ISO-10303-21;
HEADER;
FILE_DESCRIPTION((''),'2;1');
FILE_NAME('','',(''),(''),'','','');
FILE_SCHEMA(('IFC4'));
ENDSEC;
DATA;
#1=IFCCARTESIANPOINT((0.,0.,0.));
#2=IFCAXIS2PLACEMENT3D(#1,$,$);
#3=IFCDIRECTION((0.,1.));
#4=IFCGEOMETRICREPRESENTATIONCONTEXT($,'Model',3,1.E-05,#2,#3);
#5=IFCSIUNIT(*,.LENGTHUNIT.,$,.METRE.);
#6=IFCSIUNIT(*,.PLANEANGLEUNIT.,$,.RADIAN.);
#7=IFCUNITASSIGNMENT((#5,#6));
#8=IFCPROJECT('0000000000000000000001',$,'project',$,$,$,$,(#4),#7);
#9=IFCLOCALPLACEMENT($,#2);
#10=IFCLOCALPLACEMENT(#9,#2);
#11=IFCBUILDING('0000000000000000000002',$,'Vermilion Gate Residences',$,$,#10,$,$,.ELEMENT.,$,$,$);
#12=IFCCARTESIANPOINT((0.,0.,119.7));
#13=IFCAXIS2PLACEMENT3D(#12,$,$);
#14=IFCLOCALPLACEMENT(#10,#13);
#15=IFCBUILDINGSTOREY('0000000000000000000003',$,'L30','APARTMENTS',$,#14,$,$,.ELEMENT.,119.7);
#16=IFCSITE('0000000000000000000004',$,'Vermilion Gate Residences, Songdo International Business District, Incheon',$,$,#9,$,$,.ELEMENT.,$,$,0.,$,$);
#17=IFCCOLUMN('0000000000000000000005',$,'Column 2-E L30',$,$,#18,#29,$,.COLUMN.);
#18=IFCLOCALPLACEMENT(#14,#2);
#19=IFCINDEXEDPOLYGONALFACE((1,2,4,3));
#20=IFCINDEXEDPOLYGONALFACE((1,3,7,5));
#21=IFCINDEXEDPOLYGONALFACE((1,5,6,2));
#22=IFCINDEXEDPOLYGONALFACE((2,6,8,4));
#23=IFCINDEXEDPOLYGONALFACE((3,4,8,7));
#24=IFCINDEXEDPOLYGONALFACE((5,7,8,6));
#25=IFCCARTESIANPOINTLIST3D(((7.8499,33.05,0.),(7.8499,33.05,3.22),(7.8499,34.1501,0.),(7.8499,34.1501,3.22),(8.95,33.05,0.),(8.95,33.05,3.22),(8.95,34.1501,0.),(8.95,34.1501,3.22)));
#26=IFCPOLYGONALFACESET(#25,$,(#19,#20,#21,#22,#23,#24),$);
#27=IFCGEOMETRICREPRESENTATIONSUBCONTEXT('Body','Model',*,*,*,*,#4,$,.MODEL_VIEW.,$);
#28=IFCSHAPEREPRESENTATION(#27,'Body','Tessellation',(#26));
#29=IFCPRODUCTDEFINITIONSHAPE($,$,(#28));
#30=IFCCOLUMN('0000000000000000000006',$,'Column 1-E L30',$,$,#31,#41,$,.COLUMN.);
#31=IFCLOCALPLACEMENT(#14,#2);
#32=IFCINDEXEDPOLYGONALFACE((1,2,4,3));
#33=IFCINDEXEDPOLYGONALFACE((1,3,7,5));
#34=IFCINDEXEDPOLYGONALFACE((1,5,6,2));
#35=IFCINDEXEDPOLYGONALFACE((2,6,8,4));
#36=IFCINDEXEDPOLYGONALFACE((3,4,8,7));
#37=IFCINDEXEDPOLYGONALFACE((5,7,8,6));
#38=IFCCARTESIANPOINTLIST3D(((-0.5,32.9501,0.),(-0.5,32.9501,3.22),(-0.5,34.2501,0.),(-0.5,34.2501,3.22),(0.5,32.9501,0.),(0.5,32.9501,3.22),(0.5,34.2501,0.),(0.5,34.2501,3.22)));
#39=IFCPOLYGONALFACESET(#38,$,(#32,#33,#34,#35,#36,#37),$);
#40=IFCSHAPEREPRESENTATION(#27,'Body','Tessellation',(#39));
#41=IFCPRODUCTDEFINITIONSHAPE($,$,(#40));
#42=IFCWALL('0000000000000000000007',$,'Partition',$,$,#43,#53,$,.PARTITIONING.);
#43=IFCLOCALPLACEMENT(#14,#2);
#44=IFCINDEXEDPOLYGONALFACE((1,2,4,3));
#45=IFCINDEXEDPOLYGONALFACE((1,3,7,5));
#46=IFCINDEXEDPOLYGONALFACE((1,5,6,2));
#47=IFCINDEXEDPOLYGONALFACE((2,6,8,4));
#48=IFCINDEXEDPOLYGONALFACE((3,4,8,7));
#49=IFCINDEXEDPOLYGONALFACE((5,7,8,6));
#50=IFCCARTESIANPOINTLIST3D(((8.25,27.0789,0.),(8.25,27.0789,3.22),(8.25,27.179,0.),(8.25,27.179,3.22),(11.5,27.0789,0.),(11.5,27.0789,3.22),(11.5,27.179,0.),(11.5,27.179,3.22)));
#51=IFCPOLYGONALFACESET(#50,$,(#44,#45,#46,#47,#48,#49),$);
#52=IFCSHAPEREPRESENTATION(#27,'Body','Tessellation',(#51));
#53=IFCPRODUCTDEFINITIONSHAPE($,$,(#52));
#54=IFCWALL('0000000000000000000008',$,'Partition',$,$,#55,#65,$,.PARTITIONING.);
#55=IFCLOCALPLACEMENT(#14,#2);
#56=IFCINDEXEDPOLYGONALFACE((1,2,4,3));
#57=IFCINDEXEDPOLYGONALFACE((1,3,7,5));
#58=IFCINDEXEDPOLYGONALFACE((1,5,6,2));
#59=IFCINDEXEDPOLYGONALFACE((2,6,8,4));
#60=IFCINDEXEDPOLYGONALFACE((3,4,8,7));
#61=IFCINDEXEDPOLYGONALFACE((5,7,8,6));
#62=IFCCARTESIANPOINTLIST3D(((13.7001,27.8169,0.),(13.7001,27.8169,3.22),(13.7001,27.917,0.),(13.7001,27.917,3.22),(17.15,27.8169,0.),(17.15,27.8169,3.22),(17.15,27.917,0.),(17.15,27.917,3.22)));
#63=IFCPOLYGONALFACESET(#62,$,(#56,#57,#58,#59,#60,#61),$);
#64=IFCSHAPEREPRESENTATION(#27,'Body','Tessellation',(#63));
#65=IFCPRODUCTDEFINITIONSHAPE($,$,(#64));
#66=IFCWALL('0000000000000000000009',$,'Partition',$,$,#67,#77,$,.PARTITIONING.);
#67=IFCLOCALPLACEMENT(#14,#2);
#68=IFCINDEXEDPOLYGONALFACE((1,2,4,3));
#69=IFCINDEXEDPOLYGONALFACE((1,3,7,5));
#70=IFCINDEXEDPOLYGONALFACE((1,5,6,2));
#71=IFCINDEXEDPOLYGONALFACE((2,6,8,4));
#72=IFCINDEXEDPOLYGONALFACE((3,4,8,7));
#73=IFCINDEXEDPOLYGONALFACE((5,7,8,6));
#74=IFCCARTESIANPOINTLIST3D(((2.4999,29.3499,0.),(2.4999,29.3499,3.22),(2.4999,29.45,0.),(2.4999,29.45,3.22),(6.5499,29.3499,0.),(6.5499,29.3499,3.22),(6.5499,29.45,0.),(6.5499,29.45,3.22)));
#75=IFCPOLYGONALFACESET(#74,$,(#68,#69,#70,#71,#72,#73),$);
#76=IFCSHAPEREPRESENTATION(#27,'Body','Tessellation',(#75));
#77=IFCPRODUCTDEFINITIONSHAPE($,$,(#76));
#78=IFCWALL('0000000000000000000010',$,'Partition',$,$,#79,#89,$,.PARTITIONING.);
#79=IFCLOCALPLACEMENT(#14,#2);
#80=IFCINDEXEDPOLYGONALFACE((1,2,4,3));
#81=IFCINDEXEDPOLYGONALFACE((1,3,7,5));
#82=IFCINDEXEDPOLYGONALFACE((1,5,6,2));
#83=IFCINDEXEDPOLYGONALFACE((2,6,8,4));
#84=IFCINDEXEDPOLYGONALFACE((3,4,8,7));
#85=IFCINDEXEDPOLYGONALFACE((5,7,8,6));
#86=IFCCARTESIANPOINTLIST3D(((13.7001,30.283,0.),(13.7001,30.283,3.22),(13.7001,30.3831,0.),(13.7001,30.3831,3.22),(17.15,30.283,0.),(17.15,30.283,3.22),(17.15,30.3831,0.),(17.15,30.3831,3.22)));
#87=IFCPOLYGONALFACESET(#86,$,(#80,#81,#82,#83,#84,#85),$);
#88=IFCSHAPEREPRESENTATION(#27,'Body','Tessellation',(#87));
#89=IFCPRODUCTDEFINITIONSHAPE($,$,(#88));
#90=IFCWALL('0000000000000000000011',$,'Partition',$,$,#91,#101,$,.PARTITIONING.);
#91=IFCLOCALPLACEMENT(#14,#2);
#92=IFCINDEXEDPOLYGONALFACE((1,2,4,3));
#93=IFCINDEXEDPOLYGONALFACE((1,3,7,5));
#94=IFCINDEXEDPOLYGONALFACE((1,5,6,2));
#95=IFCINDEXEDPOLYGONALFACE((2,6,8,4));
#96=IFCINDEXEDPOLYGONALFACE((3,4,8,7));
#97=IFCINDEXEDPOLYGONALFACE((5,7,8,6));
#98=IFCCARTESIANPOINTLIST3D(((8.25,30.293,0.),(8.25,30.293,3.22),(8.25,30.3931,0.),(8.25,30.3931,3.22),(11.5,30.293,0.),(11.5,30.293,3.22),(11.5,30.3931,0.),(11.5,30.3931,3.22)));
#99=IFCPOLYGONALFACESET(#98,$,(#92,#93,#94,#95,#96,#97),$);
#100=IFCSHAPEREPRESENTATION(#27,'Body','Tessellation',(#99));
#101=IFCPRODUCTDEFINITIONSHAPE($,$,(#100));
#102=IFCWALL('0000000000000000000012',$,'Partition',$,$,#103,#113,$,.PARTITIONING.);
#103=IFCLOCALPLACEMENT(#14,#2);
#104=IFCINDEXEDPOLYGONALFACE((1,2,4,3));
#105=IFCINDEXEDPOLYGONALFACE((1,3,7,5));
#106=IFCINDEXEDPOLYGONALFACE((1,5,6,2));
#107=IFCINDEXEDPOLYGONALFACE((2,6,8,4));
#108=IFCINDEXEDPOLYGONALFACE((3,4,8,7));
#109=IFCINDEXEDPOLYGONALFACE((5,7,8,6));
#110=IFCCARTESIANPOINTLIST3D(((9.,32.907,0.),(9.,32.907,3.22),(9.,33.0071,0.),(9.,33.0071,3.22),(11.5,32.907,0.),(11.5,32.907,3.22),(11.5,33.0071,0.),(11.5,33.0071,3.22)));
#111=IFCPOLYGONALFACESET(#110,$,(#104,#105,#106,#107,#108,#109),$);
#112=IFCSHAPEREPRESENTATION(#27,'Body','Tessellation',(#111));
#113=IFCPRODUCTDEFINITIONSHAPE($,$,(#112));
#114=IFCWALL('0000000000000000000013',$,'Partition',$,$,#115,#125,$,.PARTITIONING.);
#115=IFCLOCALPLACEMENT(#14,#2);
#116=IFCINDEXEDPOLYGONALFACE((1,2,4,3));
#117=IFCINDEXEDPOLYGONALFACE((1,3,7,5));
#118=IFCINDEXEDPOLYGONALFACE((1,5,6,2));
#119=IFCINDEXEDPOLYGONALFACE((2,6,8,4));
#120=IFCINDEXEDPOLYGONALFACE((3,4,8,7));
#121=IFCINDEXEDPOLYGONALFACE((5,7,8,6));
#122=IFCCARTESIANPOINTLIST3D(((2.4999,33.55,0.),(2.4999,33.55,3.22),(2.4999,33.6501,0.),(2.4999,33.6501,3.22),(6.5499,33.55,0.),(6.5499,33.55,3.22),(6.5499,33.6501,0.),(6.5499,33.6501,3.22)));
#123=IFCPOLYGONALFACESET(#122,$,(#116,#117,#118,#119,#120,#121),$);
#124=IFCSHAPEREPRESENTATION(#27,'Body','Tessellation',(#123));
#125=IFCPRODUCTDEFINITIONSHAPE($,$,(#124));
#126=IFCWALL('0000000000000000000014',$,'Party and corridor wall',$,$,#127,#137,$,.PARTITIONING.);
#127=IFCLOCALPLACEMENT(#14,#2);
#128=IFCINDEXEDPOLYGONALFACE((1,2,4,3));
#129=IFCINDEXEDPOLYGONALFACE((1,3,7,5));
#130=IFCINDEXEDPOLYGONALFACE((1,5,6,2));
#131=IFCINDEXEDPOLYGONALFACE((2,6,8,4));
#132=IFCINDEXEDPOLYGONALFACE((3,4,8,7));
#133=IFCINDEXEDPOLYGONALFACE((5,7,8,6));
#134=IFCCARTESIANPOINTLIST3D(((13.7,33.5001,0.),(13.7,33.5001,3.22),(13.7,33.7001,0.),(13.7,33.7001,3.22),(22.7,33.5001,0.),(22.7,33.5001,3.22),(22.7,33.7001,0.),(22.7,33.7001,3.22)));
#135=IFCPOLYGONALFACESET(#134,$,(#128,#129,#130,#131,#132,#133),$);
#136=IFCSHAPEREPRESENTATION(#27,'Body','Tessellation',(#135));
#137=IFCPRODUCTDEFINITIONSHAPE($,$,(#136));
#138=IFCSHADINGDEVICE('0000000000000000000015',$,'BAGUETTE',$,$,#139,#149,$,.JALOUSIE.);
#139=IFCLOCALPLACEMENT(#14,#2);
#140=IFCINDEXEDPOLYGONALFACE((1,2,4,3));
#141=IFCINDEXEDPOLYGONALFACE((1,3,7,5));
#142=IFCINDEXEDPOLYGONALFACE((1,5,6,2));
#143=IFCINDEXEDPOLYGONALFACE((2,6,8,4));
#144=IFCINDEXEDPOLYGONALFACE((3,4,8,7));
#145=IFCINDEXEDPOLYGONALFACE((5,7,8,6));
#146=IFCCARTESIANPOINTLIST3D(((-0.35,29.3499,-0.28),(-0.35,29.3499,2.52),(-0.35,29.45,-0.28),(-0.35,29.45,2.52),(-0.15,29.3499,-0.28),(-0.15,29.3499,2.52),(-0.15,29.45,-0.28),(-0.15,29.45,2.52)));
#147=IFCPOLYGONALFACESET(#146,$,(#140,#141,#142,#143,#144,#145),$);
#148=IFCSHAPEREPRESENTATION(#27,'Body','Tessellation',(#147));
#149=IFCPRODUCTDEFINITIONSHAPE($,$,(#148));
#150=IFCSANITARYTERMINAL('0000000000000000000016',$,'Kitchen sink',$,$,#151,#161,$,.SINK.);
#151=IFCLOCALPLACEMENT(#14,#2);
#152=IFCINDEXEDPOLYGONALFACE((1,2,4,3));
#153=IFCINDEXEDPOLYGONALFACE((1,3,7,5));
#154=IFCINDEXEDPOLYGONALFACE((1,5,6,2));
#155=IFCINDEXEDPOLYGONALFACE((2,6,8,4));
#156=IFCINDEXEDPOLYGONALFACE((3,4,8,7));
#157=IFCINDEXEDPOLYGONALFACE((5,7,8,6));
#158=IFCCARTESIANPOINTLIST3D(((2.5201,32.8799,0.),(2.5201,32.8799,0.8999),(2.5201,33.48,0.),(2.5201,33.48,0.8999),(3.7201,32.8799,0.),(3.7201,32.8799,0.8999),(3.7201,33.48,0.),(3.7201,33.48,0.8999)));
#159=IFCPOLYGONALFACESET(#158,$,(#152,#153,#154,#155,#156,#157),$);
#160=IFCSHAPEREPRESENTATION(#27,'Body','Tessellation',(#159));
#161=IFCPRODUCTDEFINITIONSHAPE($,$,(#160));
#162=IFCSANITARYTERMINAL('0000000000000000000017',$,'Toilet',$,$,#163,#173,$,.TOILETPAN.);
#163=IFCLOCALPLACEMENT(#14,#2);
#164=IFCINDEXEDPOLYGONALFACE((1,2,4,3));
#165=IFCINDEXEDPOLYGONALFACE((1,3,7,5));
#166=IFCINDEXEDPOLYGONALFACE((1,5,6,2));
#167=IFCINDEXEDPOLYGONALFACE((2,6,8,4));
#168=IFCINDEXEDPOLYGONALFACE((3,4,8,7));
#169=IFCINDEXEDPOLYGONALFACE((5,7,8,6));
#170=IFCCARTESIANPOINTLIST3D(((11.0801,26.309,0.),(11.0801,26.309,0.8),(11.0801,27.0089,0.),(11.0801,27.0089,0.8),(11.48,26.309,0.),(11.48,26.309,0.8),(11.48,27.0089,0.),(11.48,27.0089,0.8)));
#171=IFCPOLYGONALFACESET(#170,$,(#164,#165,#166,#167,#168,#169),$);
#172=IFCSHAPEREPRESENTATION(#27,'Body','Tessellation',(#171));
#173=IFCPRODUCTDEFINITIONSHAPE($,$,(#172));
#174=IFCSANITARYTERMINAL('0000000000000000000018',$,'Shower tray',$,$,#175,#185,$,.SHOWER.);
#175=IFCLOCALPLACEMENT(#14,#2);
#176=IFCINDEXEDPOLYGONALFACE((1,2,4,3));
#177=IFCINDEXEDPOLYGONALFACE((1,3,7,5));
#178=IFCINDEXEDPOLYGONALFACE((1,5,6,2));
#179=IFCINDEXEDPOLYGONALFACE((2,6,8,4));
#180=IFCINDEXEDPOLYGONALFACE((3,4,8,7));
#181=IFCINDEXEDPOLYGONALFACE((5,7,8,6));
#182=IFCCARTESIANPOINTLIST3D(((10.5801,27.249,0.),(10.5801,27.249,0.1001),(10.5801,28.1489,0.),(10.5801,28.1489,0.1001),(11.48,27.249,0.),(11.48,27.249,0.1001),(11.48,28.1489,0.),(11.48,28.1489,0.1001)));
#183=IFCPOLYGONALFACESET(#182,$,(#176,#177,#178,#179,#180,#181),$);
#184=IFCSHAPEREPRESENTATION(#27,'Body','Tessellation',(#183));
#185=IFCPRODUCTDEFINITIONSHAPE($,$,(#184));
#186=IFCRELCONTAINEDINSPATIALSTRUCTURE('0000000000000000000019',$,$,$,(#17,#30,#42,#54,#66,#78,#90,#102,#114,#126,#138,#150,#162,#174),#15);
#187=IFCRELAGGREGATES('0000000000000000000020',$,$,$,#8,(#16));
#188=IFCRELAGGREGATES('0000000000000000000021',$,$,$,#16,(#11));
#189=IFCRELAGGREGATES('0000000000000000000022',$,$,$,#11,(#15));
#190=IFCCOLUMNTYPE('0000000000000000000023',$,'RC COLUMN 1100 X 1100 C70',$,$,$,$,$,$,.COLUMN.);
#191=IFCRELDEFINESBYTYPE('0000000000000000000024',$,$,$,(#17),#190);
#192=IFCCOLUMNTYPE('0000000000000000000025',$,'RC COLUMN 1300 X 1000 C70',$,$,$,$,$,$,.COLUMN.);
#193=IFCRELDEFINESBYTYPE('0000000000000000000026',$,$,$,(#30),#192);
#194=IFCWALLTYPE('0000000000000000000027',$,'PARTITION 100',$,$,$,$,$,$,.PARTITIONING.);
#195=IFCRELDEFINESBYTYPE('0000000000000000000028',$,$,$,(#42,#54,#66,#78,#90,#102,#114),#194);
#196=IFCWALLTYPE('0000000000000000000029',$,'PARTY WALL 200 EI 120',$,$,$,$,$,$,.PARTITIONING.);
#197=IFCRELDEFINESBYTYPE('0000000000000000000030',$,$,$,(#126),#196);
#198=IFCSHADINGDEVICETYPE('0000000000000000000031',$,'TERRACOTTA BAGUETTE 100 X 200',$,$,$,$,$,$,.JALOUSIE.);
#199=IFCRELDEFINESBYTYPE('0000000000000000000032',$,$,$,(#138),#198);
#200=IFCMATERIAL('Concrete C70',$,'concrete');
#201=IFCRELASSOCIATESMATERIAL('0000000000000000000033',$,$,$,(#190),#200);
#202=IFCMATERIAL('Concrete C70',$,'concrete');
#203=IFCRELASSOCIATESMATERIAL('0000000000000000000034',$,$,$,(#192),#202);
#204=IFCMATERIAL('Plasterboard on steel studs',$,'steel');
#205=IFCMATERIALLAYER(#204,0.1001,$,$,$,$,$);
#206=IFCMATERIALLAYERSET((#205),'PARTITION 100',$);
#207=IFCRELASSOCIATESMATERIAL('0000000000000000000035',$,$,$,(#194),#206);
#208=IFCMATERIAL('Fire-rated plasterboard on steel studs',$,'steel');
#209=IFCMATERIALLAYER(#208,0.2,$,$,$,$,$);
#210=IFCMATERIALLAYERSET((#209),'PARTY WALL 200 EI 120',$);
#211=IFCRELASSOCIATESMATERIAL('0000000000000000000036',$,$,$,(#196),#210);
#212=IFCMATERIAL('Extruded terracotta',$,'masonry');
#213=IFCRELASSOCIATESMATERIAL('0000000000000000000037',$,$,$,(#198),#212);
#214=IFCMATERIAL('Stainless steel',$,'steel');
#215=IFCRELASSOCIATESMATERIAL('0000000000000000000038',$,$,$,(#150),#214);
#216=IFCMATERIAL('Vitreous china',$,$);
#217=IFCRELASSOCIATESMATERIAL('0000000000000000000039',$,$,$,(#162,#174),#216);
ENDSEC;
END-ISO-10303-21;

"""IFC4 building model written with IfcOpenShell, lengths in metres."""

from ifc_helpers import new_model, si_unit, direction, frame, frame_2d, origin, origin_2d, place, context, subcontext, project, spatial, rectangle, extrude, material, layer, layer_set, material_profile, profile_set, type_object, element, save


model = new_model("IFC4")

# Units and contexts
model_context = context("Model", 3, precision=1e-05, world=origin(), true_north=direction((0.0, 1.0)))
body_context = subcontext(model_context, "Body", "Model", "MODEL_VIEW")
ifc_project = project(units=[si_unit("LENGTHUNIT", "METRE"), si_unit("PLANEANGLEUNIT", "RADIAN")], contexts=[model_context])

# Site, building, storey
site_placement = place(None, origin())
site = spatial("IfcSite", under=ifc_project, at=site_placement, Name="Vermilion Gate Residences, Songdo International Business District, Incheon", CompositionType="ELEMENT", RefElevation=0.0)
building_placement = place(site_placement, origin())
building = spatial("IfcBuilding", under=site, at=building_placement, Name="Vermilion Gate Residences", CompositionType="ELEMENT")
storey_placement = place(building_placement, frame((0.0, 0.0, 119.7)))
storey = spatial("IfcBuildingStorey", under=building, at=storey_placement, Name="L30", Description="APARTMENTS", CompositionType="ELEMENT", Elevation=119.7)

# Columns
ifc_material_1 = material(Name="Concrete C70", Category="concrete")
ifc_material_profile_1 = material_profile(ifc_material_1, rectangle(XDim=1.1001, YDim=1.1001, at=origin_2d()), Name="RC-1100x1100")
ifc_profile_set_1 = profile_set([ifc_material_profile_1], Name="Concrete C70")
column_type_1 = type_object("IfcColumnType", Name="RC COLUMN 1100 X 1100 C70", PredefinedType="COLUMN", material=ifc_profile_set_1)
column_1_placement = place(storey_placement, frame((8.3999, 33.6001, 0.0), z_axis=(0.0, 0.0, 1.0), x_axis=(1.0, 0.0, 0.0)))
element("IfcColumn", 1, at=column_1_placement, inside=storey, type_object=column_type_1, Name="Column 2-E L30", PredefinedType="COLUMN", context=body_context, shape_type="SweptSolid", body=[
    extrude(rectangle(XDim=1.1001, YDim=1.1001, at=origin_2d()), origin(), (0.0, 0.0, 1.0), 3.22),
])
ifc_material_2 = material(Name="Concrete C70", Category="concrete")
ifc_material_profile_2 = material_profile(ifc_material_2, rectangle(XDim=1.3, YDim=1.0, at=origin_2d()), Name="RC-1300x1000")
ifc_profile_set_2 = profile_set([ifc_material_profile_2], Name="Concrete C70")
column_type_2 = type_object("IfcColumnType", Name="RC COLUMN 1300 X 1000 C70", PredefinedType="COLUMN", material=ifc_profile_set_2)
column_2_placement = place(storey_placement, frame((0.0, 33.6001, 0.0), z_axis=(0.0, 0.0, 1.0), x_axis=(0.0, 1.0, 0.0)))
element("IfcColumn", 2, at=column_2_placement, inside=storey, type_object=column_type_2, Name="Column 1-E L30", PredefinedType="COLUMN", context=body_context, shape_type="SweptSolid", body=[
    extrude(rectangle(XDim=1.3, YDim=1.0, at=origin_2d()), origin(), (0.0, 0.0, 1.0), 3.22),
])

# Walls
ifc_material_3 = material(Name="Plasterboard on steel studs", Category="steel")
ifc_layer_1 = layer(ifc_material_3, 0.1001)
ifc_layer_set_1 = layer_set([ifc_layer_1], Name="PARTITION 100")
wall_type_1 = type_object("IfcWallType", Name="PARTITION 100", PredefinedType="PARTITIONING", material=ifc_layer_set_1)
wall_1_placement = place(storey_placement, frame((8.25, 27.1289, 0.0), z_axis=(0.0, 0.0, 1.0), x_axis=(1.0, 0.0, 0.0)))
element("IfcWall", 3, at=wall_1_placement, inside=storey, type_object=wall_type_1, Name="Partition", PredefinedType="PARTITIONING", context=body_context, shape_type="SweptSolid", body=[
    extrude(rectangle(XDim=3.25, YDim=0.1001, at=frame_2d((1.625, 0.0))), origin(), (0.0, 0.0, 1.0), 3.22),
])
wall_2_placement = place(storey_placement, frame((13.7, 27.8669, 0.0), z_axis=(0.0, 0.0, 1.0), x_axis=(1.0, 0.0, 0.0)))
element("IfcWall", 4, at=wall_2_placement, inside=storey, type_object=wall_type_1, Name="Partition", PredefinedType="PARTITIONING", context=body_context, shape_type="SweptSolid", body=[
    extrude(rectangle(XDim=3.45, YDim=0.1001, at=frame_2d((1.7251, 0.0))), origin(), (0.0, 0.0, 1.0), 3.22),
])
wall_3_placement = place(storey_placement, frame((2.5, 29.3999, 0.0), z_axis=(0.0, 0.0, 1.0), x_axis=(1.0, 0.0, 0.0)))
element("IfcWall", 5, at=wall_3_placement, inside=storey, type_object=wall_type_1, Name="Partition", PredefinedType="PARTITIONING", context=body_context, shape_type="SweptSolid", body=[
    extrude(rectangle(XDim=4.05, YDim=0.1001, at=frame_2d((2.0249, 0.0))), origin(), (0.0, 0.0, 1.0), 3.22),
])
wall_4_placement = place(storey_placement, frame((13.7, 30.333, 0.0), z_axis=(0.0, 0.0, 1.0), x_axis=(1.0, 0.0, 0.0)))
element("IfcWall", 6, at=wall_4_placement, inside=storey, type_object=wall_type_1, Name="Partition", PredefinedType="PARTITIONING", context=body_context, shape_type="SweptSolid", body=[
    extrude(rectangle(XDim=3.45, YDim=0.1001, at=frame_2d((1.7251, 0.0))), origin(), (0.0, 0.0, 1.0), 3.22),
])
wall_5_placement = place(storey_placement, frame((8.25, 30.343, 0.0), z_axis=(0.0, 0.0, 1.0), x_axis=(1.0, 0.0, 0.0)))
element("IfcWall", 7, at=wall_5_placement, inside=storey, type_object=wall_type_1, Name="Partition", PredefinedType="PARTITIONING", context=body_context, shape_type="SweptSolid", body=[
    extrude(rectangle(XDim=3.25, YDim=0.1001, at=frame_2d((1.625, 0.0))), origin(), (0.0, 0.0, 1.0), 3.22),
])
wall_6_placement = place(storey_placement, frame((9.0, 32.957, 0.0), z_axis=(0.0, 0.0, 1.0), x_axis=(1.0, 0.0, 0.0)))
element("IfcWall", 8, at=wall_6_placement, inside=storey, type_object=wall_type_1, Name="Partition", PredefinedType="PARTITIONING", context=body_context, shape_type="SweptSolid", body=[
    extrude(rectangle(XDim=2.5, YDim=0.1001, at=frame_2d((1.25, 0.0))), origin(), (0.0, 0.0, 1.0), 3.22),
])
wall_7_placement = place(storey_placement, frame((2.5, 33.6001, 0.0), z_axis=(0.0, 0.0, 1.0), x_axis=(1.0, 0.0, 0.0)))
element("IfcWall", 9, at=wall_7_placement, inside=storey, type_object=wall_type_1, Name="Partition", PredefinedType="PARTITIONING", context=body_context, shape_type="SweptSolid", body=[
    extrude(rectangle(XDim=4.05, YDim=0.1001, at=frame_2d((2.0249, 0.0))), origin(), (0.0, 0.0, 1.0), 3.22),
])
ifc_material_4 = material(Name="Fire-rated plasterboard on steel studs", Category="steel")
ifc_layer_2 = layer(ifc_material_4, 0.2)
ifc_layer_set_2 = layer_set([ifc_layer_2], Name="PARTY WALL 200 EI 120")
wall_type_2 = type_object("IfcWallType", Name="PARTY WALL 200 EI 120", PredefinedType="PARTITIONING", material=ifc_layer_set_2)
wall_8_placement = place(storey_placement, frame((13.7, 33.6001, 0.0), z_axis=(0.0, 0.0, 1.0), x_axis=(1.0, 0.0, 0.0)))
element("IfcWall", 10, at=wall_8_placement, inside=storey, type_object=wall_type_2, Name="Party and corridor wall", PredefinedType="PARTITIONING", context=body_context, shape_type="SweptSolid", body=[
    extrude(rectangle(XDim=9.0, YDim=0.2, at=frame_2d((4.5, 0.0))), origin(), (0.0, 0.0, 1.0), 3.22),
])

# Shading device
ifc_material_5 = material(Name="Extruded terracotta", Category="masonry")
ifc_material_profile_3 = material_profile(ifc_material_5, rectangle(XDim=0.2, YDim=0.1001, at=origin_2d()), Name="BAGUETTE 100 X 200")
ifc_profile_set_3 = profile_set([ifc_material_profile_3], Name="Extruded terracotta")
shading_device_type = type_object("IfcShadingDeviceType", Name="TERRACOTTA BAGUETTE 100 X 200", PredefinedType="JALOUSIE", material=ifc_profile_set_3)
shading_device_placement = place(storey_placement, frame((-0.25, 29.3999, -0.28), z_axis=(0.0, 0.0, 1.0), x_axis=(1.0, 0.0, 0.0)))
element("IfcShadingDevice", 11, at=shading_device_placement, inside=storey, type_object=shading_device_type, Name="BAGUETTE", PredefinedType="JALOUSIE", context=body_context, shape_type="SweptSolid", body=[
    extrude(rectangle(XDim=0.2, YDim=0.1001, at=origin_2d()), origin(), (0.0, 0.0, 1.0), 2.8),
])

# Sanitary terminals
ifc_material_6 = material(Name="Stainless steel", Category="steel")
sanitary_terminal_1_placement = place(storey_placement, frame((3.1201, 33.1799, 0.0), z_axis=(0.0, 0.0, 1.0), x_axis=(1.0, 0.0, 0.0)))
element("IfcSanitaryTerminal", 12, at=sanitary_terminal_1_placement, inside=storey, material=ifc_material_6, Name="Kitchen sink", PredefinedType="SINK", context=body_context, shape_type="SweptSolid", body=[
    extrude(rectangle(XDim=1.2, YDim=0.6001, at=origin_2d()), origin(), (0.0, 0.0, 1.0), 0.8999),
])
ifc_material_7 = material(Name="Vitreous china")
sanitary_terminal_2_placement = place(storey_placement, frame((11.28, 26.6589, 0.0), z_axis=(0.0, 0.0, 1.0), x_axis=(1.0, 0.0, 0.0)))
element("IfcSanitaryTerminal", 13, at=sanitary_terminal_2_placement, inside=storey, material=ifc_material_7, Name="Toilet", PredefinedType="TOILETPAN", context=body_context, shape_type="SweptSolid", body=[
    extrude(rectangle(XDim=0.3999, YDim=0.7, at=origin_2d()), origin(), (0.0, 0.0, 1.0), 0.8),
])
sanitary_terminal_3_placement = place(storey_placement, frame((11.03, 27.699, 0.0), z_axis=(0.0, 0.0, 1.0), x_axis=(1.0, 0.0, 0.0)))
element("IfcSanitaryTerminal", 14, at=sanitary_terminal_3_placement, inside=storey, material=ifc_material_7, Name="Shower tray", PredefinedType="SHOWER", context=body_context, shape_type="SweptSolid", body=[
    extrude(rectangle(XDim=0.8999, YDim=0.8999, at=origin_2d()), origin(), (0.0, 0.0, 1.0), 0.1001),
])

save(model, "model.ifc")
